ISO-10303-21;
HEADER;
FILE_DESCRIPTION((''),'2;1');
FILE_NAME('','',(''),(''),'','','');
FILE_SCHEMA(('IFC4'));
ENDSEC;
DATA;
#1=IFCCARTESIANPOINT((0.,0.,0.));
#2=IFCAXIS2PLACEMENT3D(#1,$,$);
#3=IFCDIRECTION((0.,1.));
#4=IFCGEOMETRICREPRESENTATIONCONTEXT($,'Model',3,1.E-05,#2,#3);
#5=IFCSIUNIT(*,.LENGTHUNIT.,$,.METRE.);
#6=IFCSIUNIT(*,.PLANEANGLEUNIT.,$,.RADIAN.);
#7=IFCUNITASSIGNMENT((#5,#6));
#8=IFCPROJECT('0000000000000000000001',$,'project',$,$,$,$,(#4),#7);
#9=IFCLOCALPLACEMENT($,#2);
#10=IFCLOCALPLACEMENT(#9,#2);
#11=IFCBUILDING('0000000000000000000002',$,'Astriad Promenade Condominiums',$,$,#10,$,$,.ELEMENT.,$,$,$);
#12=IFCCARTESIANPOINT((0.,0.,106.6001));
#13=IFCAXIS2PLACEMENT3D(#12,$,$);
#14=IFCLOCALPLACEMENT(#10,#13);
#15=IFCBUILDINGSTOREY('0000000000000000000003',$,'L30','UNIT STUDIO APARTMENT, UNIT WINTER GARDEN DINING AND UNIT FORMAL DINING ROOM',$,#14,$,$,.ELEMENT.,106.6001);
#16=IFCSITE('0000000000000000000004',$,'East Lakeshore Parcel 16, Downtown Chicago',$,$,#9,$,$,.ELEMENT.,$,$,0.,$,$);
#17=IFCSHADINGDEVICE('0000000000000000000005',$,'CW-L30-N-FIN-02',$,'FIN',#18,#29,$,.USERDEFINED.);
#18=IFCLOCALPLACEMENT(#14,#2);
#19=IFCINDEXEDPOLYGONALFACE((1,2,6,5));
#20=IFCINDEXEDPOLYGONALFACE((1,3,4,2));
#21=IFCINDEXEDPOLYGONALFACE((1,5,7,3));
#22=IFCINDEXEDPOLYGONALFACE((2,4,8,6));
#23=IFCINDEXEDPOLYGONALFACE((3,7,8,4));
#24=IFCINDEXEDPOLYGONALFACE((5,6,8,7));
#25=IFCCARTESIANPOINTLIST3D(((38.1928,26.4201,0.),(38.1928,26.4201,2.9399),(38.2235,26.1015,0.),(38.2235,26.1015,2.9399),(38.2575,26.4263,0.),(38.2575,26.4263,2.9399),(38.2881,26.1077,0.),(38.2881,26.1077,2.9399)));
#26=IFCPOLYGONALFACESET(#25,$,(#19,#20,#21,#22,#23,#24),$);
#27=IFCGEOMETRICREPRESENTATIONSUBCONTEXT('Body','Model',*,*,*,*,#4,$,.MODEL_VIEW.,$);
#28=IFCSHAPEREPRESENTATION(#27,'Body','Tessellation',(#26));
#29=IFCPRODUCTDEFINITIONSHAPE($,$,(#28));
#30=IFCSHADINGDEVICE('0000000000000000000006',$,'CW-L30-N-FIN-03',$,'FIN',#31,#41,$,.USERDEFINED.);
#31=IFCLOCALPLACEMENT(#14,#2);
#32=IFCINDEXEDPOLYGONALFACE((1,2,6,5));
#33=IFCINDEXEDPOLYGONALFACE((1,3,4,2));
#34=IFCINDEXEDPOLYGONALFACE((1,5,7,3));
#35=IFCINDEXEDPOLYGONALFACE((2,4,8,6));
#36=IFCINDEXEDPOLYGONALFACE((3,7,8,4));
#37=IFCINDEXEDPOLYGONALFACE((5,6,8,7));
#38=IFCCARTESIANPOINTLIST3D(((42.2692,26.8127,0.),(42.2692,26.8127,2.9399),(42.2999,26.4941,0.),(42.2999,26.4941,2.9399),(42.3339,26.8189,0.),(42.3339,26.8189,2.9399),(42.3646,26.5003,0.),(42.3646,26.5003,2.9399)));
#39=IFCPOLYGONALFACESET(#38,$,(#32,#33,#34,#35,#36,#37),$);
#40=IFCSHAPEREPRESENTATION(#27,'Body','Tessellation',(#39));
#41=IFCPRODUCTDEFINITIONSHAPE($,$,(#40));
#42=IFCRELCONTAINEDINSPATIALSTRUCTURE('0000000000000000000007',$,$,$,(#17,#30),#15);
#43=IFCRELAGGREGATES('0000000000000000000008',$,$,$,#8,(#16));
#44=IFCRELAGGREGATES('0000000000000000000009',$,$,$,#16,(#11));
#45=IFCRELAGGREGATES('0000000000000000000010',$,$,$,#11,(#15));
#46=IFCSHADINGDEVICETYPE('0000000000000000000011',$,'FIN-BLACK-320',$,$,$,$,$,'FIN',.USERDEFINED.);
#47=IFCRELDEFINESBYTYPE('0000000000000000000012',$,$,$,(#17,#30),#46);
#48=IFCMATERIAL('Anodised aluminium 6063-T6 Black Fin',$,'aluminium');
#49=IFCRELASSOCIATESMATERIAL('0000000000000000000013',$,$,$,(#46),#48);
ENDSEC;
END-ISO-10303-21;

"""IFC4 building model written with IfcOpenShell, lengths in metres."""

from ifc_helpers import new_model, si_unit, direction, frame, origin, origin_2d, place, context, subcontext, project, spatial, rectangle, extrude, source, transform, mapped, material, type_object, type_shapes, element, save


model = new_model("IFC4")

# Units and contexts
model_context = context("Model", 3, precision=1e-05, world=origin(), true_north=direction((0.0, 1.0)))
body_context = subcontext(model_context, "Body", "Model", "MODEL_VIEW")
ifc_project = project(units=[si_unit("LENGTHUNIT", "METRE"), si_unit("PLANEANGLEUNIT", "RADIAN")], contexts=[model_context])

# Site, building, storey
site_placement = place(None, origin())
site = spatial("IfcSite", under=ifc_project, at=site_placement, Name="East Lakeshore Parcel 16, Downtown Chicago", CompositionType="ELEMENT", RefElevation=0.0)
building_placement = place(site_placement, origin())
building = spatial("IfcBuilding", under=site, at=building_placement, Name="Astriad Promenade Condominiums", CompositionType="ELEMENT")
storey_placement = place(building_placement, frame((0.0, 0.0, 106.6001)))
storey = spatial("IfcBuildingStorey", under=building, at=storey_placement, Name="L30", Description="UNIT STUDIO APARTMENT, UNIT WINTER GARDEN DINING AND UNIT FORMAL DINING ROOM", CompositionType="ELEMENT", Elevation=106.6001)

# Shading devices
ifc_material_1 = material(Name="Anodised aluminium 6063-T6 Black Fin", Category="aluminium")
shading_device_type = type_object("IfcShadingDeviceType", Name="FIN-BLACK-320", ElementType="FIN", PredefinedType="USERDEFINED", material=ifc_material_1)
shared_shape_1 = source(origin(), body_context, "Body", "SweptSolid", [
    extrude(rectangle(XDim=0.0649, YDim=0.3201, at=origin_2d()), origin(), (0.0, 0.0, 1.0), 2.9399),
])
type_shapes(shading_device_type, [shared_shape_1])
for number, where, z_axis, x_axis, name in (
    (1, (38.2405, 26.2639, 0.0), (0.0, 0.0, 1.0), (0.995396, 0.095846, 0.0), "CW-L30-N-FIN-02"),
    (2, (42.3169, 26.6565, 0.0), (0.0, 0.0, 1.0), (0.995396, 0.095846, 0.0), "CW-L30-N-FIN-03"),
):
    element("IfcShadingDevice", number, at=place(storey_placement, frame(where, z_axis=z_axis, x_axis=x_axis)), inside=storey, type_object=shading_device_type, Name=name, ObjectType="FIN", PredefinedType="USERDEFINED", context=body_context, shape_type="MappedRepresentation", body=[
        mapped(shared_shape_1, transform((0.0, 0.0, 0.0), scale=1.0)),
    ])

save(model, "model.ifc")
